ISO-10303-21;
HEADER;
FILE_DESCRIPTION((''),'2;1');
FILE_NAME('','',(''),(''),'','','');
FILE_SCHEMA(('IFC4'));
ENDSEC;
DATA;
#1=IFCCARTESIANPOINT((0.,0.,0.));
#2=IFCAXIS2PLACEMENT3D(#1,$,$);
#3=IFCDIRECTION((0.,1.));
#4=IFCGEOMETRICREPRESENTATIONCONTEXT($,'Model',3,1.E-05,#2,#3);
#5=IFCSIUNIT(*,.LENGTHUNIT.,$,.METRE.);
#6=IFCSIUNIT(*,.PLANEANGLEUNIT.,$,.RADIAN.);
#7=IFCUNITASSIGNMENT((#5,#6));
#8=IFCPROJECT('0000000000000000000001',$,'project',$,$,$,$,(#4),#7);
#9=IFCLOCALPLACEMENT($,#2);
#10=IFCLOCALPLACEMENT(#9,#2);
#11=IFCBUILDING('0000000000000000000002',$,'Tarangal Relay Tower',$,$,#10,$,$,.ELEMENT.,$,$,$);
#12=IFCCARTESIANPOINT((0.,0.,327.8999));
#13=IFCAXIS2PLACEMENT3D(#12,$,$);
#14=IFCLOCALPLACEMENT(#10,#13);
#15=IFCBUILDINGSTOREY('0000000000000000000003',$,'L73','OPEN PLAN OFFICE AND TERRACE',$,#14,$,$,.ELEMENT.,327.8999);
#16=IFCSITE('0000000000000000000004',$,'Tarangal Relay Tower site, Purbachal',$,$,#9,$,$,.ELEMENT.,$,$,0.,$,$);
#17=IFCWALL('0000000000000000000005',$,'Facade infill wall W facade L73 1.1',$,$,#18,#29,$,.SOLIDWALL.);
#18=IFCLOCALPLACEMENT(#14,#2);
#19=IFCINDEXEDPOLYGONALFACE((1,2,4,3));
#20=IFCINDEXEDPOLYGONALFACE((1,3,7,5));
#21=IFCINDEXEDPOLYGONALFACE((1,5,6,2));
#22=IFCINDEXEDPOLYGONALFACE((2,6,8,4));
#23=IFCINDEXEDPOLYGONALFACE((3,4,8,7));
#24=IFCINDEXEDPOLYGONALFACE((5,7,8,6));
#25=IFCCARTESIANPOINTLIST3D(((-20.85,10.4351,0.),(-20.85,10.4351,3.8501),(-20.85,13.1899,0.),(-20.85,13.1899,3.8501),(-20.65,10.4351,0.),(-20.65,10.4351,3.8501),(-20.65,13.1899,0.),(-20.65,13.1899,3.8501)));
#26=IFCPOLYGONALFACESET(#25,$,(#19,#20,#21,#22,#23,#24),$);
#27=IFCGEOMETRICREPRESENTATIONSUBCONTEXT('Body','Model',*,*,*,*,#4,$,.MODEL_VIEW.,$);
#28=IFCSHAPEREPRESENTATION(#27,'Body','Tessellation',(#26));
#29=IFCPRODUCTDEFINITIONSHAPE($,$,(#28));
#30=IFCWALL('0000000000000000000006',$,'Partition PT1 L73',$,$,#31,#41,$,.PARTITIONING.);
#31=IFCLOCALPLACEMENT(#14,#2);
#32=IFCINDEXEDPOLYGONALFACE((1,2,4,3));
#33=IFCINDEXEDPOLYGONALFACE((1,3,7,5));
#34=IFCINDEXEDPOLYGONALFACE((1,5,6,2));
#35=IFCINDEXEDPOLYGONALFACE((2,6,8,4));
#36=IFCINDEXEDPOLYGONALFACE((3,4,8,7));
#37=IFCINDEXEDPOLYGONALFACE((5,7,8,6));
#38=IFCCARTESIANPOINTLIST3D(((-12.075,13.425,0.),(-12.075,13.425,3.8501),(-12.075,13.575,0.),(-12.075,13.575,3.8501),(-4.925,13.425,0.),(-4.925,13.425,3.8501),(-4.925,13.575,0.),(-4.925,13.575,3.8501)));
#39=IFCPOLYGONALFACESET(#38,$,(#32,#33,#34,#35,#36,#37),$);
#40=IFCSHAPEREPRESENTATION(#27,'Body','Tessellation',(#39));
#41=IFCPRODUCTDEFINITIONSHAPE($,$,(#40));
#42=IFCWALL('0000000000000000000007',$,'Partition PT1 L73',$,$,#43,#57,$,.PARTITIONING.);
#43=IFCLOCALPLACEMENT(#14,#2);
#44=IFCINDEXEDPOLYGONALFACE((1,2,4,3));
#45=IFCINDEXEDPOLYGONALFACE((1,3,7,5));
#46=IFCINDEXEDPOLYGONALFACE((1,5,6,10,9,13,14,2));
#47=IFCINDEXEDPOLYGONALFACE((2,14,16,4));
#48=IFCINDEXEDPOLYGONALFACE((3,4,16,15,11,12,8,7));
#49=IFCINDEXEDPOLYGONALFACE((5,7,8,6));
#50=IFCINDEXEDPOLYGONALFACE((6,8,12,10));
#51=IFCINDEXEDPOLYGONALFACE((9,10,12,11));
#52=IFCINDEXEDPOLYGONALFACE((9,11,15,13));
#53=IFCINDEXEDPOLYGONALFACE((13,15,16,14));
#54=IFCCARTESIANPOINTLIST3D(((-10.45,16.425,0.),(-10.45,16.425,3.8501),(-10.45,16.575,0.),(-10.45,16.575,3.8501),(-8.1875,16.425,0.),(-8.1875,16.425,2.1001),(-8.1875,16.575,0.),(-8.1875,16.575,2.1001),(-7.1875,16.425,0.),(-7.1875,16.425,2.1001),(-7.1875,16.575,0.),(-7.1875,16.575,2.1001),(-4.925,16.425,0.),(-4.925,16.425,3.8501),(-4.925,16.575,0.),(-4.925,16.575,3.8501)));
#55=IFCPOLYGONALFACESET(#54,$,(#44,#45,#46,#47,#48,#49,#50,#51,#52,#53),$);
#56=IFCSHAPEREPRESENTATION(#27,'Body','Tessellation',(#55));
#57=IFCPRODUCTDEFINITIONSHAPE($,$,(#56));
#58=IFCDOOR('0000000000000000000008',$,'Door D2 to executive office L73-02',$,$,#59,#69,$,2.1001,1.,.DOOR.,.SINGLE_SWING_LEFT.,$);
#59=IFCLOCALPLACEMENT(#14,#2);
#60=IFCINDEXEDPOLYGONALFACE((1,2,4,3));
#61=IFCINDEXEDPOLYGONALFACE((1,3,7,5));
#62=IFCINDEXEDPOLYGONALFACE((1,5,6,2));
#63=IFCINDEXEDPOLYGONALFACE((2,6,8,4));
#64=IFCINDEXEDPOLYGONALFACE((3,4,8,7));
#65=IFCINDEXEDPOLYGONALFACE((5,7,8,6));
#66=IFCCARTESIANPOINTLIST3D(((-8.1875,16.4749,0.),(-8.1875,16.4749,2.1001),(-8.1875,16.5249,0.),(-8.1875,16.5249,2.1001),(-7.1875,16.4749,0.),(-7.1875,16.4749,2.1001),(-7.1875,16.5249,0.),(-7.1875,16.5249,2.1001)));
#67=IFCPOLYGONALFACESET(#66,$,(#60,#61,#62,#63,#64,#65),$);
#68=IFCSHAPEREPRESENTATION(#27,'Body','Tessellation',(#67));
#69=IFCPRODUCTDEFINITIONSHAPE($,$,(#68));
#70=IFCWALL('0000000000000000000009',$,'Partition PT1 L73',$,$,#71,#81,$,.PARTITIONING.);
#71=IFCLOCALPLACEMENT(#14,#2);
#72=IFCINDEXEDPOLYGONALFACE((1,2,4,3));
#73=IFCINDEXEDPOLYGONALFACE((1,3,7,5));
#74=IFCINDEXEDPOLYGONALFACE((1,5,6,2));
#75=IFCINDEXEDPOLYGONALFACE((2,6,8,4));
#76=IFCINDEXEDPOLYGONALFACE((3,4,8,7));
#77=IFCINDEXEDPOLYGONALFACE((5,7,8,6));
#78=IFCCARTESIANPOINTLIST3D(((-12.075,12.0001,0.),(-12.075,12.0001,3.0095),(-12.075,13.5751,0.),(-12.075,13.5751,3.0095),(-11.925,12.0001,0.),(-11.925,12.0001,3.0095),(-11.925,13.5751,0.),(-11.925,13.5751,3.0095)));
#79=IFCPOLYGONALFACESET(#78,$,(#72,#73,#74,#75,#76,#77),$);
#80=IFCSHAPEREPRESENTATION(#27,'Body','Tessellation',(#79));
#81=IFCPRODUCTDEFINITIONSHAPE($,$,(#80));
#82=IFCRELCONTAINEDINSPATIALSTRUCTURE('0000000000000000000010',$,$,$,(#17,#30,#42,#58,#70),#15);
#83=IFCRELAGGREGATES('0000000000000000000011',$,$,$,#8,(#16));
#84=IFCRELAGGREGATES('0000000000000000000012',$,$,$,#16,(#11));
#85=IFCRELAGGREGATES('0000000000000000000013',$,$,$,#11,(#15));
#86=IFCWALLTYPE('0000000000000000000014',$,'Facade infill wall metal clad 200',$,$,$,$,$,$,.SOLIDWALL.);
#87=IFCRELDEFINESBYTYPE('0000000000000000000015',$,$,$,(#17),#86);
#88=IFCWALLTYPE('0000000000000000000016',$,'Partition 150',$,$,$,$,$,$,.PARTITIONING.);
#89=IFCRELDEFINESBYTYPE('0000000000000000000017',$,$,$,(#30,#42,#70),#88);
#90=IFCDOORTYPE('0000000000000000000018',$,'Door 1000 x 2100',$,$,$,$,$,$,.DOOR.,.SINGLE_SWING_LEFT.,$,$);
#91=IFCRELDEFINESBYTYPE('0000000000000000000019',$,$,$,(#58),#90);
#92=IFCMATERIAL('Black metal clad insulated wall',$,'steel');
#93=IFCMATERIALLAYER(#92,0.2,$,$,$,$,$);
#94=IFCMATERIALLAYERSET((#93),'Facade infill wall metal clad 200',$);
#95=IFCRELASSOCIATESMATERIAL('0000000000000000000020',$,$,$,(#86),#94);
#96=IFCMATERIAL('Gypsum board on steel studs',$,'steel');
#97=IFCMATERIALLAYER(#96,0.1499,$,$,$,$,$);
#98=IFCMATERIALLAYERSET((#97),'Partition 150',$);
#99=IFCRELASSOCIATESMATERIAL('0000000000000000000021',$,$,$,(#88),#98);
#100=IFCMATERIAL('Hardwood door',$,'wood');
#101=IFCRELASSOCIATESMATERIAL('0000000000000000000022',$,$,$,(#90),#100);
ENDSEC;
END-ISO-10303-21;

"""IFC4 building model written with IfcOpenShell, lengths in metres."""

from ifc_helpers import new_model, si_unit, direction, frame, frame_2d, origin, place, context, subcontext, project, spatial, rectangle, extrude, material, layer, layer_set, type_object, element, fill, save


model = new_model("IFC4")

# Units and contexts
model_context = context("Model", 3, precision=1e-05, world=origin(), true_north=direction((0.0, 1.0)))
body_context = subcontext(model_context, "Body", "Model", "MODEL_VIEW")
ifc_project = project(units=[si_unit("LENGTHUNIT", "METRE"), si_unit("PLANEANGLEUNIT", "RADIAN")], contexts=[model_context])

# Site, building, storey
site_placement = place(None, origin())
site = spatial("IfcSite", under=ifc_project, at=site_placement, Name="Tarangal Relay Tower site, Purbachal", CompositionType="ELEMENT", RefElevation=0.0)
building_placement = place(site_placement, origin())
building = spatial("IfcBuilding", under=site, at=building_placement, Name="Tarangal Relay Tower", CompositionType="ELEMENT")
storey_placement = place(building_placement, frame((0.0, 0.0, 327.8999)))
storey = spatial("IfcBuildingStorey", under=building, at=storey_placement, Name="L73", Description="OPEN PLAN OFFICE AND TERRACE", CompositionType="ELEMENT", Elevation=327.8999)

# Shared definitions
ifc_material_1 = material(Name="Black metal clad insulated wall", Category="steel")

# Walls
ifc_layer_1 = layer(ifc_material_1, 0.2)
ifc_layer_set_1 = layer_set([ifc_layer_1], Name="Facade infill wall metal clad 200")
wall_type_1 = type_object("IfcWallType", Name="Facade infill wall metal clad 200", PredefinedType="SOLIDWALL", material=ifc_layer_set_1)
for number, where, z_axis, x_axis, name in (
    (1, (-20.75, 10.4351, 0.0), (0.0, 0.0, 1.0), (0.0, 1.0, 0.0), "Facade infill wall W facade L73 1.1"),
):
    element("IfcWall", number, at=place(storey_placement, frame(where, z_axis=z_axis, x_axis=x_axis)), inside=storey, type_object=wall_type_1, Name=name, PredefinedType="SOLIDWALL", context=body_context, shape_type="SweptSolid", body=[
        extrude(rectangle(XDim=2.7549, YDim=0.2, at=frame_2d((1.3774, 0.0))), origin(), (0.0, 0.0, 1.0), 3.8501),
    ])
ifc_material_2 = material(Name="Gypsum board on steel studs", Category="steel")
ifc_layer_2 = layer(ifc_material_2, 0.1499)
ifc_layer_set_2 = layer_set([ifc_layer_2], Name="Partition 150")
wall_type_2 = type_object("IfcWallType", Name="Partition 150", PredefinedType="PARTITIONING", material=ifc_layer_set_2)
wall_1_placement = place(storey_placement, frame((-12.075, 13.5, 0.0), z_axis=(0.0, 0.0, 1.0), x_axis=(1.0, 0.0, 0.0)))
element("IfcWall", 2, at=wall_1_placement, inside=storey, type_object=wall_type_2, Name="Partition PT1 L73", PredefinedType="PARTITIONING", context=body_context, shape_type="SweptSolid", body=[
    extrude(rectangle(XDim=7.1499, YDim=0.1499, at=frame_2d((3.575, 0.0))), origin(), (0.0, 0.0, 1.0), 3.8501),
])

# Wall, opening, door
wall_2_placement = place(storey_placement, frame((-10.45, 16.5, 0.0), z_axis=(0.0, 0.0, 1.0), x_axis=(1.0, 0.0, 0.0)))
wall_2 = element("IfcWall", 3, at=wall_2_placement, inside=storey, type_object=wall_type_2, Name="Partition PT1 L73", PredefinedType="PARTITIONING", context=body_context, shape_type="SweptSolid", body=[
    extrude(rectangle(XDim=5.5249, YDim=0.1499, at=frame_2d((2.7625, 0.0))), origin(), (0.0, 0.0, 1.0), 3.8501),
])
opening_1_placement = place(wall_2_placement, frame((2.2625, 0.0, 0.0)))
opening_1 = element("IfcOpeningElement", 4, at=opening_1_placement, cuts=wall_2, PredefinedType="OPENING", context=body_context, shape_type="SweptSolid", body=[
    extrude(rectangle(XDim=1.0, YDim=2.1001, at=frame_2d((0.5, 1.05))), frame((0.0, 0.085, 0.0), z_axis=(0.0, -1.0, 0.0), x_axis=(1.0, 0.0, 0.0)), (0.0, 0.0, 1.0), 0.1699),
])
ifc_material_3 = material(Name="Hardwood door", Category="wood")
door_type_1 = type_object("IfcDoorType", Name="Door 1000 x 2100", OperationType="SINGLE_SWING_LEFT", PredefinedType="DOOR", material=ifc_material_3)
door_1_placement = place(opening_1_placement, origin())
door_1 = element("IfcDoor", 5, at=door_1_placement, inside=storey, type_object=door_type_1, Name="Door D2 to executive office L73-02", OperationType="SINGLE_SWING_LEFT", OverallHeight=2.1001, OverallWidth=1.0, PredefinedType="DOOR", context=body_context, shape_type="SweptSolid", body=[
    extrude(rectangle(XDim=1.0, YDim=2.1001, at=frame_2d((0.5, 1.05))), frame((0.0, 0.0249, 0.0), z_axis=(0.0, -1.0, 0.0), x_axis=(1.0, 0.0, 0.0)), (0.0, 0.0, 1.0), 0.05),
])
fill(opening_1, door_1)

# Wall
wall_3_placement = place(storey_placement, frame((-12.0, 12.0, 0.0), z_axis=(0.0, 0.0, 1.0), x_axis=(0.0, 1.0, 0.0)))
element("IfcWall", 6, at=wall_3_placement, inside=storey, type_object=wall_type_2, Name="Partition PT1 L73", PredefinedType="PARTITIONING", context=body_context, shape_type="SweptSolid", body=[
    extrude(rectangle(XDim=1.575, YDim=0.1499, at=frame_2d((0.7876, 0.0))), origin(), (0.0, 0.0, 1.0), 3.0095),
])

save(model, "model.ifc")
